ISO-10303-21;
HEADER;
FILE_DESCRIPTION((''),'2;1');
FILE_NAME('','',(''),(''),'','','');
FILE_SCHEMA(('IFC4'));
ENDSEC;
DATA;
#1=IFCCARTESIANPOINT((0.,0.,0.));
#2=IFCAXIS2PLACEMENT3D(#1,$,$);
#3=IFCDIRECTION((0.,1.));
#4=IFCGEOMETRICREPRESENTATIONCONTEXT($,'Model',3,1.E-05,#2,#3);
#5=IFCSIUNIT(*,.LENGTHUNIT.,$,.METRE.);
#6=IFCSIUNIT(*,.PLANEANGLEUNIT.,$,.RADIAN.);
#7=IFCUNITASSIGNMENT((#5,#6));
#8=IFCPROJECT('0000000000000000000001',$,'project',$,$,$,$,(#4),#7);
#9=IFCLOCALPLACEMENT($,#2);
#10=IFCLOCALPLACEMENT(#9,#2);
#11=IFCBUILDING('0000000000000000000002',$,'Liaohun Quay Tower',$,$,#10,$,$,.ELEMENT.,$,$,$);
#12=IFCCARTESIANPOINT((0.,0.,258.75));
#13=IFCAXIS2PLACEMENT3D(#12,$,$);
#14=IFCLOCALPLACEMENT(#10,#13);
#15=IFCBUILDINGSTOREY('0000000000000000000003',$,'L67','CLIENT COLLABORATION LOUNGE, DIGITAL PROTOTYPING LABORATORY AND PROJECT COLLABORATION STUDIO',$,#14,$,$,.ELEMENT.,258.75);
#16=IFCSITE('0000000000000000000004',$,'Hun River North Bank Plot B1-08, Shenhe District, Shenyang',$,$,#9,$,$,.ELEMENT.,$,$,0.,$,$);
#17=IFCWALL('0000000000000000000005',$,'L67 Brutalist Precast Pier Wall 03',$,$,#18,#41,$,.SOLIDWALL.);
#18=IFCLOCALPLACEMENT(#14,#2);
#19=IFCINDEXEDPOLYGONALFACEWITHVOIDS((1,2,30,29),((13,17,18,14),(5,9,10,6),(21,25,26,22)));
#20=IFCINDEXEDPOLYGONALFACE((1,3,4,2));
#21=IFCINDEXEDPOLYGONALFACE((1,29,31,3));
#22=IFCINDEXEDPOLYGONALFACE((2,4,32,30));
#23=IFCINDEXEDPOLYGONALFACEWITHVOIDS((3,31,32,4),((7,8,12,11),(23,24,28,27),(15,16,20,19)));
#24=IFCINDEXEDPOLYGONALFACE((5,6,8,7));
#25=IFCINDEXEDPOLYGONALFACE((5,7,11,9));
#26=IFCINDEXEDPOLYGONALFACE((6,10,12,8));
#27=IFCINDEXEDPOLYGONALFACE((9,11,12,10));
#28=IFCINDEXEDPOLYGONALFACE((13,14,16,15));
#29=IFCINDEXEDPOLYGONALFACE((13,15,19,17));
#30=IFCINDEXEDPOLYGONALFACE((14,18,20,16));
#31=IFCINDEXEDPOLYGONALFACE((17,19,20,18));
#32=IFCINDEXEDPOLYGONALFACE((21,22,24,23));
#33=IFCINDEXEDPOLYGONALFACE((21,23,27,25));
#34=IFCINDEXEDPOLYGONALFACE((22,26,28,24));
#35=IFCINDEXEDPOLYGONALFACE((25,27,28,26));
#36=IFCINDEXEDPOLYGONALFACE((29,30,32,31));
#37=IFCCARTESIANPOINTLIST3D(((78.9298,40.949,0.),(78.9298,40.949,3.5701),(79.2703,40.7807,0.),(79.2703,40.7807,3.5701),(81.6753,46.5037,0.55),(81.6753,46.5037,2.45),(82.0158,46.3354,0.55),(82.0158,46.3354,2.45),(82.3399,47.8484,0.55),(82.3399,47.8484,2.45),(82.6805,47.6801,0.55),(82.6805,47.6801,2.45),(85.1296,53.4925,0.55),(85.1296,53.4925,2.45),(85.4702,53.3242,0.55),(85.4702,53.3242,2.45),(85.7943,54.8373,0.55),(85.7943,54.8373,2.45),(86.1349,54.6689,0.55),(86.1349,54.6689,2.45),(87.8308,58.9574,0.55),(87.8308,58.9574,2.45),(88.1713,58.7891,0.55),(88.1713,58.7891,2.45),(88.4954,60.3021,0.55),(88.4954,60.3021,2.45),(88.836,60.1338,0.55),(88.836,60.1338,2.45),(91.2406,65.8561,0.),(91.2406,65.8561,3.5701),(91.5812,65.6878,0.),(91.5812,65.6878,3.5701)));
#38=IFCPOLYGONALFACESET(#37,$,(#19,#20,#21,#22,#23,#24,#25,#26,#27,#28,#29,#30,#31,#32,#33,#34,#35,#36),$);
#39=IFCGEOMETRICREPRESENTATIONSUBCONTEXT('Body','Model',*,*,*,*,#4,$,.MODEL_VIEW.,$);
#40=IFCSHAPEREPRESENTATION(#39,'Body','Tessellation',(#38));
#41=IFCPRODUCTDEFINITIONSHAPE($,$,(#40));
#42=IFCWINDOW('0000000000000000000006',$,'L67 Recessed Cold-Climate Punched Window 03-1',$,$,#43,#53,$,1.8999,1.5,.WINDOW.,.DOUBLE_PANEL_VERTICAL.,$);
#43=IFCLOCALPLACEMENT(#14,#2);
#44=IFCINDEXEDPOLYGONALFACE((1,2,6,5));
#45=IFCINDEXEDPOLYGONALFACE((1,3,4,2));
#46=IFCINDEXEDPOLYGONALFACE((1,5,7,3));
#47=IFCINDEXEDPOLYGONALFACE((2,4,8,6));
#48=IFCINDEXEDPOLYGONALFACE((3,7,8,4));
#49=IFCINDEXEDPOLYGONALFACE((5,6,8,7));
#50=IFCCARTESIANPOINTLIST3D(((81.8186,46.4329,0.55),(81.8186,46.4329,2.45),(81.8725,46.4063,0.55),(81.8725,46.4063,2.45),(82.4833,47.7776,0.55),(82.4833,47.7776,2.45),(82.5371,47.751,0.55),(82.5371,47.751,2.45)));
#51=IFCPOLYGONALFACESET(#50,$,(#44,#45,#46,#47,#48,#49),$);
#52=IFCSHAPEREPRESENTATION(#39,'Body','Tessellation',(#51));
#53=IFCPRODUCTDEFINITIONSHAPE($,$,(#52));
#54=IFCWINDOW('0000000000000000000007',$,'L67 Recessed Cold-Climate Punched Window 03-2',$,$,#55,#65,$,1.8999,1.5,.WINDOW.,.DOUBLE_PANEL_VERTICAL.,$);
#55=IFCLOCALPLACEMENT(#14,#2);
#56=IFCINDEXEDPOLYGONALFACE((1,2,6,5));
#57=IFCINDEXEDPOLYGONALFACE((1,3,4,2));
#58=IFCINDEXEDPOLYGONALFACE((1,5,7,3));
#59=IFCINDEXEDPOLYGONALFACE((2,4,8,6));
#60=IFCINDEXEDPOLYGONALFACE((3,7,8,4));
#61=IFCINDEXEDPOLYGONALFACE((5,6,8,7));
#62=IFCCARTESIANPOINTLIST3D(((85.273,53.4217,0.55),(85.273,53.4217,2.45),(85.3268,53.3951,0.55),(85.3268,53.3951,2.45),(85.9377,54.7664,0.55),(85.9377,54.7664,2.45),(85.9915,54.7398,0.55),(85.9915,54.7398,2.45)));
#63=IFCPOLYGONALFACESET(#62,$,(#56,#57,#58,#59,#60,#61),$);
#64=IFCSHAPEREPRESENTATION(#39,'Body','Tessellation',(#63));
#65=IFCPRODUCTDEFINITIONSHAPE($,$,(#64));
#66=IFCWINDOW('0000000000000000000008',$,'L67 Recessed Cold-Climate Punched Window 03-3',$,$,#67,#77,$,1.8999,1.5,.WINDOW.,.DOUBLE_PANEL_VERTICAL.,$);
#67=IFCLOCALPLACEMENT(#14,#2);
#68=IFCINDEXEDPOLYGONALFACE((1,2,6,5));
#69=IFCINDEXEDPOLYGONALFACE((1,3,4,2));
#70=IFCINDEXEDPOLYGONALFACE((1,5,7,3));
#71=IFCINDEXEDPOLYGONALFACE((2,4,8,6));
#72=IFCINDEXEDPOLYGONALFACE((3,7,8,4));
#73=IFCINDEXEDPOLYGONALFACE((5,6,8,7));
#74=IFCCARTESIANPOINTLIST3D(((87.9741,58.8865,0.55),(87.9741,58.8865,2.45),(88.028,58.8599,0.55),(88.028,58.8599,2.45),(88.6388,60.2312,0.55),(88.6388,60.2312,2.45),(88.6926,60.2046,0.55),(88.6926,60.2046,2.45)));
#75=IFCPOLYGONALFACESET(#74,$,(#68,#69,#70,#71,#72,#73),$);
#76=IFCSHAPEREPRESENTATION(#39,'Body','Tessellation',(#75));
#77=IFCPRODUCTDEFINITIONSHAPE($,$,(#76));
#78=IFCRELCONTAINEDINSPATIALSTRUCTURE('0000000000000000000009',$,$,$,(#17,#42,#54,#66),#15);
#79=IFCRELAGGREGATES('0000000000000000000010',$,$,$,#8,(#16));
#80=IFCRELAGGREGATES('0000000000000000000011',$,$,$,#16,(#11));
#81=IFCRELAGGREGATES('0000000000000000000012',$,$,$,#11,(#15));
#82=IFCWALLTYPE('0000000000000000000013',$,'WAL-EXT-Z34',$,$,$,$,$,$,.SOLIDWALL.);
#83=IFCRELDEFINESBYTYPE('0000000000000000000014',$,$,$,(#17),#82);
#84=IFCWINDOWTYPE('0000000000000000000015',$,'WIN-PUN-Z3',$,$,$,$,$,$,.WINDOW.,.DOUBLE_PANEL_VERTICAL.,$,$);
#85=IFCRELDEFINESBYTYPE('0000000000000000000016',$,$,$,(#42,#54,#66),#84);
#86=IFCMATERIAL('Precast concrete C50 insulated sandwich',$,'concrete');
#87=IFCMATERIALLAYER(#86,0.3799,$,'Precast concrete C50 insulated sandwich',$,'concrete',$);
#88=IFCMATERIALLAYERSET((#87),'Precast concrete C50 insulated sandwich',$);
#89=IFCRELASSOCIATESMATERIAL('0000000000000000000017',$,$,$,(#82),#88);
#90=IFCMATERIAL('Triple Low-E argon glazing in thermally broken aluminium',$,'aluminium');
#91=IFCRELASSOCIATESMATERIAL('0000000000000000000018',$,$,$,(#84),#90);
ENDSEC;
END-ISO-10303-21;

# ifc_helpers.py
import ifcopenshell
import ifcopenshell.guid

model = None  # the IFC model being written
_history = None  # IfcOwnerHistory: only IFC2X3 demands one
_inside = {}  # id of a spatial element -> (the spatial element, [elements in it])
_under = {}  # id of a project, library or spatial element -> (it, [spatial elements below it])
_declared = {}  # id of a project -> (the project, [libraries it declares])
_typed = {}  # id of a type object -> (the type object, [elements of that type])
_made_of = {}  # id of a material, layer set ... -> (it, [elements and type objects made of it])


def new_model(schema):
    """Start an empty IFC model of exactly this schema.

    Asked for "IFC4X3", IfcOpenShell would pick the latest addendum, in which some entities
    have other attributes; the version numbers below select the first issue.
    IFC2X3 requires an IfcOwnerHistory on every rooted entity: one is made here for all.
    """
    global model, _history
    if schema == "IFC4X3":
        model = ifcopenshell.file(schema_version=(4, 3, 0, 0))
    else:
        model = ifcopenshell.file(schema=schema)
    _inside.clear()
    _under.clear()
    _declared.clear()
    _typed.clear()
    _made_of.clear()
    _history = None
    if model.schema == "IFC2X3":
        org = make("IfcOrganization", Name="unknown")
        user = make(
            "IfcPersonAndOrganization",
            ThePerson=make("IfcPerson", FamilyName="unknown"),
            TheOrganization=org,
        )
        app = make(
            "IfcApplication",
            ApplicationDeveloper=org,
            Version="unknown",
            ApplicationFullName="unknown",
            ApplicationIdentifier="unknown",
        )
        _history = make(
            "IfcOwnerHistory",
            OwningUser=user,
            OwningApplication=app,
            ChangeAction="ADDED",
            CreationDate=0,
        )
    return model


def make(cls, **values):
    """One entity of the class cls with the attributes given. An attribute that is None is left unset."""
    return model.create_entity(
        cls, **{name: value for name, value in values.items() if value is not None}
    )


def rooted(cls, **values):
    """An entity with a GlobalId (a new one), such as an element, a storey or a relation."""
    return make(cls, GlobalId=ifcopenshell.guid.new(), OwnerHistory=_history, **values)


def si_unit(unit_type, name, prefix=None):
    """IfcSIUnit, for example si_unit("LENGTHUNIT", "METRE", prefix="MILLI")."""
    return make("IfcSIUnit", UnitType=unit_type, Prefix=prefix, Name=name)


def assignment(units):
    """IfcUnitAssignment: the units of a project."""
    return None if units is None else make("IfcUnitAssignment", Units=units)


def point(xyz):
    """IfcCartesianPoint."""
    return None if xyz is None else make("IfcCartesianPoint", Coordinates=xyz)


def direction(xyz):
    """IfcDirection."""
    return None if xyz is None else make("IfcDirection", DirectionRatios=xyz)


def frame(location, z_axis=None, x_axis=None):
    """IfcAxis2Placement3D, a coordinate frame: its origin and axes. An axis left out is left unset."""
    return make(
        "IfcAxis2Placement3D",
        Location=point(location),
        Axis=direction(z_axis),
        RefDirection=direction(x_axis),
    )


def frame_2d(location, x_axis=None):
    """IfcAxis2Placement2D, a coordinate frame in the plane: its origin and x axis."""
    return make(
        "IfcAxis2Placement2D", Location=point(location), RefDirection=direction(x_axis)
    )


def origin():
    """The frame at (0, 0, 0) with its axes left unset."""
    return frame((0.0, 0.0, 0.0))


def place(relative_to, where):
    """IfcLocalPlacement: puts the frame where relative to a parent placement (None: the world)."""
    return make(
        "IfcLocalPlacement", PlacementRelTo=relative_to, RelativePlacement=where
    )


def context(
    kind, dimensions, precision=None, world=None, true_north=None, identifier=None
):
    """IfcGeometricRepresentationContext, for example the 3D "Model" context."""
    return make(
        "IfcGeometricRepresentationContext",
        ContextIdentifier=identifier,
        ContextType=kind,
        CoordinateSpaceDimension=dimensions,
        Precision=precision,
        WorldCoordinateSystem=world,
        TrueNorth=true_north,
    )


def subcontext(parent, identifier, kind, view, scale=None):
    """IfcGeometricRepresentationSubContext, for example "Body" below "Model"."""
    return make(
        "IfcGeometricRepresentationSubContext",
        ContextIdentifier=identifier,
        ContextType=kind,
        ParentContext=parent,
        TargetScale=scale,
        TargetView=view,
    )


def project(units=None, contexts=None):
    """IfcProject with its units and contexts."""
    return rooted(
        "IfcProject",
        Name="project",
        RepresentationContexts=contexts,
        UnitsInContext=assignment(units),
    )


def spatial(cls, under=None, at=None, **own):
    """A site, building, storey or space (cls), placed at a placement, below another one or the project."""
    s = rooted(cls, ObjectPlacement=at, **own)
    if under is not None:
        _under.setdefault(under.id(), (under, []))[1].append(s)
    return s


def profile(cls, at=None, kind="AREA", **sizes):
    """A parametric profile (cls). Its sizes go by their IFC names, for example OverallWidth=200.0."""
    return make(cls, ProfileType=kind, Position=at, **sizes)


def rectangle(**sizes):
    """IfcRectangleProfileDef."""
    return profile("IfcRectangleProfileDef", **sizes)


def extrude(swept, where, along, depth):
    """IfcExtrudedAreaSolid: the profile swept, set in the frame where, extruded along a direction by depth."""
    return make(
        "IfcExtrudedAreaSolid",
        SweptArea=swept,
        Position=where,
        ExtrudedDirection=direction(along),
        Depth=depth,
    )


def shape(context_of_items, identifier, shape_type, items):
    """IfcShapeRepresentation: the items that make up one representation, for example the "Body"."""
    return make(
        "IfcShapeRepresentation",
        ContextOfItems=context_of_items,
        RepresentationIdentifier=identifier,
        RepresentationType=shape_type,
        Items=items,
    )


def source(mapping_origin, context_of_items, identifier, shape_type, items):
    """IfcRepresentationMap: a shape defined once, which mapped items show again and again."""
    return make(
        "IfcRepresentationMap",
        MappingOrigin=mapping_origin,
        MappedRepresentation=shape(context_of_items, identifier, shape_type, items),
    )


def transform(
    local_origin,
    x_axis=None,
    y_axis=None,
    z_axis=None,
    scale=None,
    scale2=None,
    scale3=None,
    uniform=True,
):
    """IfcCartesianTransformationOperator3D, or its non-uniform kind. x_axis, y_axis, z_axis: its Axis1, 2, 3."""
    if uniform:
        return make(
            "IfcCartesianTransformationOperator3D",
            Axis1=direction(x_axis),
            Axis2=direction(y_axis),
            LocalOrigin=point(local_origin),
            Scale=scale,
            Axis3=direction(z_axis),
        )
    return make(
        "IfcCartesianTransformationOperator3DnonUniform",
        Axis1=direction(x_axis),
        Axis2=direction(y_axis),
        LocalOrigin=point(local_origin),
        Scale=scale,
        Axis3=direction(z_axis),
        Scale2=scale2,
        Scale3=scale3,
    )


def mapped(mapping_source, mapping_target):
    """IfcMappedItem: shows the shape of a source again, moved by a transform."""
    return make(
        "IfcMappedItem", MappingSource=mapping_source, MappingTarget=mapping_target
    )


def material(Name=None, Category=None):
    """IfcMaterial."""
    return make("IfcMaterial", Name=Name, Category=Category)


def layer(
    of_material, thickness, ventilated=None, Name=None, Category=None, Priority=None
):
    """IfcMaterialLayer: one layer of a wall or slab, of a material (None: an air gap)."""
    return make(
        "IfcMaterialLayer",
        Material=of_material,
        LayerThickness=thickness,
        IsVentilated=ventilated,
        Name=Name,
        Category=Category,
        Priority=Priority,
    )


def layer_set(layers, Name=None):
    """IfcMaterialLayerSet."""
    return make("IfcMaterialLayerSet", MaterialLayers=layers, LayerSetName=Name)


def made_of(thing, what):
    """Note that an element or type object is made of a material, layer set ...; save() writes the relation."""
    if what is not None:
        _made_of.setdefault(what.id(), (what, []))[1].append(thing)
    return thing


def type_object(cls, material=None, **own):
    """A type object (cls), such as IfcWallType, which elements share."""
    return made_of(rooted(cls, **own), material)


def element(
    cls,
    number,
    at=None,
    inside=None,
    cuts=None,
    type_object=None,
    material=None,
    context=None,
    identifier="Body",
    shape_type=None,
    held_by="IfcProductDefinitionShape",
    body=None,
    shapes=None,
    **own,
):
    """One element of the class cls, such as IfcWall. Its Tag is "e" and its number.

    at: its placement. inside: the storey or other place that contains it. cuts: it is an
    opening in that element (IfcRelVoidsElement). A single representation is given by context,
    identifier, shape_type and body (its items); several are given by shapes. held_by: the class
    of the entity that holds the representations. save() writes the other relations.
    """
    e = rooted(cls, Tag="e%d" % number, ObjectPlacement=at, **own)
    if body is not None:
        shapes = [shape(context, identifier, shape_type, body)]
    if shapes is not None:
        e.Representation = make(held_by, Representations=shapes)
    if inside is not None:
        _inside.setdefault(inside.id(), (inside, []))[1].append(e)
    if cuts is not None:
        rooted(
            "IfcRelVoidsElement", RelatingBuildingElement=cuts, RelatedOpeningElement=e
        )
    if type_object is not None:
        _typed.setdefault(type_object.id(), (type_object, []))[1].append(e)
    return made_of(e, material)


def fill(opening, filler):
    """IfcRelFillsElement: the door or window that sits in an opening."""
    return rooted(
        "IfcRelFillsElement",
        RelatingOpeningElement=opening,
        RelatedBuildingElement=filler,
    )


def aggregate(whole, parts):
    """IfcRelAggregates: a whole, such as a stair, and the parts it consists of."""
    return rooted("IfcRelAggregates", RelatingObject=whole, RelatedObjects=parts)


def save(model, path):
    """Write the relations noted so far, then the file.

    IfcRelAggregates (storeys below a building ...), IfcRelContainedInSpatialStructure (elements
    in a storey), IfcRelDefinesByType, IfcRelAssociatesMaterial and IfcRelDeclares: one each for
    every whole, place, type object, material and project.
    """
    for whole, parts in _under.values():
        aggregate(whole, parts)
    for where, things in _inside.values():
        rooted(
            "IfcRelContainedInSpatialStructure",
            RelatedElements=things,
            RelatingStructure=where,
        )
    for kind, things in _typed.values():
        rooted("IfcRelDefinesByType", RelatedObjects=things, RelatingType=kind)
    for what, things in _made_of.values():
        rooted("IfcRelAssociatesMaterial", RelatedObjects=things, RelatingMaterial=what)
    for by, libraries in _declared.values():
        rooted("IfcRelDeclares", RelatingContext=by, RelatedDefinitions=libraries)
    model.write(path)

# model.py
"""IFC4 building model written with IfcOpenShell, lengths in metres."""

from ifc_helpers import new_model, si_unit, direction, frame, frame_2d, origin, place, context, subcontext, project, spatial, rectangle, extrude, source, transform, mapped, material, layer, layer_set, type_object, element, fill, save


model = new_model("IFC4")

# Units and contexts
model_context = context("Model", 3, precision=1e-05, world=origin(), true_north=direction((0.0, 1.0)))
body_context = subcontext(model_context, "Body", "Model", "MODEL_VIEW")
ifc_project = project(units=[si_unit("LENGTHUNIT", "METRE"), si_unit("PLANEANGLEUNIT", "RADIAN")], contexts=[model_context])

# Site, building, storey
site_placement = place(None, origin())
site = spatial("IfcSite", under=ifc_project, at=site_placement, Name="Hun River North Bank Plot B1-08, Shenhe District, Shenyang", CompositionType="ELEMENT", RefElevation=0.0)
building_placement = place(site_placement, origin())
building = spatial("IfcBuilding", under=site, at=building_placement, Name="Liaohun Quay Tower", CompositionType="ELEMENT")
storey_placement = place(building_placement, frame((0.0, 0.0, 258.75)))
storey = spatial("IfcBuildingStorey", under=building, at=storey_placement, Name="L67", Description="CLIENT COLLABORATION LOUNGE, DIGITAL PROTOTYPING LABORATORY AND PROJECT COLLABORATION STUDIO", CompositionType="ELEMENT", Elevation=258.75)

# Shared definitions
ifc_material_1 = material(Name="Precast concrete C50 insulated sandwich", Category="concrete")
ifc_layer_1 = layer(ifc_material_1, 0.3799, Name="Precast concrete C50 insulated sandwich", Category="concrete")
ifc_layer_set_1 = layer_set([ifc_layer_1], Name="Precast concrete C50 insulated sandwich")
wall_type_1 = type_object("IfcWallType", Name="WAL-EXT-Z34", PredefinedType="SOLIDWALL", material=ifc_layer_set_1)

# Wall, openings, windows
shared_shape_1 = source(origin(), body_context, "Body", "SweptSolid", [
    extrude(rectangle(XDim=1.5, YDim=1.8999, at=frame_2d((0.75, 0.95))), frame((0.0, 0.2, 0.0), z_axis=(0.0, -1.0, 0.0), x_axis=(1.0, 0.0, 0.0)), (0.0, 0.0, 1.0), 0.3999),
])
ifc_material_2 = material(Name="Triple Low-E argon glazing in thermally broken aluminium", Category="aluminium")
window_type_1 = type_object("IfcWindowType", Name="WIN-PUN-Z3", PartitioningType="DOUBLE_PANEL_VERTICAL", PredefinedType="WINDOW", material=ifc_material_2)
shared_shape_2 = source(origin(), body_context, "Body", "SweptSolid", [
    extrude(rectangle(XDim=1.5, YDim=1.8999, at=frame_2d((0.75, 0.95))), frame((0.0, 0.03, 0.0), z_axis=(0.0, -1.0, 0.0), x_axis=(1.0, 0.0, 0.0)), (0.0, 0.0, 1.0), 0.0601),
])
wall_1_placement = place(storey_placement, frame((79.1001, 40.865, 0.0), z_axis=(0.0, 0.0, 1.0), x_axis=(0.4431, 0.896472, 0.0)))
wall_1 = element("IfcWall", 1, at=wall_1_placement, inside=storey, type_object=wall_type_1, Name="L67 Brutalist Precast Pier Wall 03", PredefinedType="SOLIDWALL", context=body_context, shape_type="SweptSolid", body=[
    extrude(rectangle(XDim=27.7834, YDim=0.3799, at=frame_2d((13.8916, 0.0))), origin(), (0.0, 0.0, 1.0), 3.5701),
])
opening_1_placement = place(wall_1_placement, frame((6.196, 0.0, 0.55)))
opening_1 = element("IfcOpeningElement", 2, at=opening_1_placement, cuts=wall_1, PredefinedType="OPENING", context=body_context, shape_type="MappedRepresentation", body=[
    mapped(shared_shape_1, transform((0.0, 0.0, 0.0), x_axis=(1.0, 0.0, 0.0), y_axis=(0.0, 1.0, 0.0), z_axis=(0.0, 0.0, 1.0), scale=1.0)),
])
opening_2_placement = place(wall_1_placement, frame((13.9919, 0.0, 0.55)))
opening_2 = element("IfcOpeningElement", 3, at=opening_2_placement, cuts=wall_1, PredefinedType="OPENING", context=body_context, shape_type="MappedRepresentation", body=[
    mapped(shared_shape_1, transform((0.0, 0.0, 0.0), x_axis=(1.0, 0.0, 0.0), y_axis=(0.0, 1.0, 0.0), z_axis=(0.0, 0.0, 1.0), scale=1.0)),
])
opening_3_placement = place(wall_1_placement, frame((20.0879, 0.0, 0.55)))
opening_3 = element("IfcOpeningElement", 4, at=opening_3_placement, cuts=wall_1, PredefinedType="OPENING", context=body_context, shape_type="MappedRepresentation", body=[
    mapped(shared_shape_1, transform((0.0, 0.0, 0.0), x_axis=(1.0, 0.0, 0.0), y_axis=(0.0, 1.0, 0.0), z_axis=(0.0, 0.0, 1.0), scale=1.0)),
])
window_1_placement = place(opening_1_placement, origin())
window_1 = element("IfcWindow", 5, at=window_1_placement, inside=storey, type_object=window_type_1, Name="L67 Recessed Cold-Climate Punched Window 03-1", OverallHeight=1.8999, OverallWidth=1.5, PartitioningType="DOUBLE_PANEL_VERTICAL", PredefinedType="WINDOW", context=body_context, shape_type="MappedRepresentation", body=[
    mapped(shared_shape_2, transform((0.0, 0.0, 0.0), x_axis=(1.0, 0.0, 0.0), y_axis=(0.0, 1.0, 0.0), z_axis=(0.0, 0.0, 1.0), scale=1.0)),
])
fill(opening_1, window_1)
window_2_placement = place(opening_2_placement, origin())
window_2 = element("IfcWindow", 6, at=window_2_placement, inside=storey, type_object=window_type_1, Name="L67 Recessed Cold-Climate Punched Window 03-2", OverallHeight=1.8999, OverallWidth=1.5, PartitioningType="DOUBLE_PANEL_VERTICAL", PredefinedType="WINDOW", context=body_context, shape_type="MappedRepresentation", body=[
    mapped(shared_shape_2, transform((0.0, 0.0, 0.0), x_axis=(1.0, 0.0, 0.0), y_axis=(0.0, 1.0, 0.0), z_axis=(0.0, 0.0, 1.0), scale=1.0)),
])
fill(opening_2, window_2)
window_3_placement = place(opening_3_placement, origin())
window_3 = element("IfcWindow", 7, at=window_3_placement, inside=storey, type_object=window_type_1, Name="L67 Recessed Cold-Climate Punched Window 03-3", OverallHeight=1.8999, OverallWidth=1.5, PartitioningType="DOUBLE_PANEL_VERTICAL", PredefinedType="WINDOW", context=body_context, shape_type="MappedRepresentation", body=[
    mapped(shared_shape_2, transform((0.0, 0.0, 0.0), x_axis=(1.0, 0.0, 0.0), y_axis=(0.0, 1.0, 0.0), z_axis=(0.0, 0.0, 1.0), scale=1.0)),
])
fill(opening_3, window_3)

save(model, "model.ifc")
